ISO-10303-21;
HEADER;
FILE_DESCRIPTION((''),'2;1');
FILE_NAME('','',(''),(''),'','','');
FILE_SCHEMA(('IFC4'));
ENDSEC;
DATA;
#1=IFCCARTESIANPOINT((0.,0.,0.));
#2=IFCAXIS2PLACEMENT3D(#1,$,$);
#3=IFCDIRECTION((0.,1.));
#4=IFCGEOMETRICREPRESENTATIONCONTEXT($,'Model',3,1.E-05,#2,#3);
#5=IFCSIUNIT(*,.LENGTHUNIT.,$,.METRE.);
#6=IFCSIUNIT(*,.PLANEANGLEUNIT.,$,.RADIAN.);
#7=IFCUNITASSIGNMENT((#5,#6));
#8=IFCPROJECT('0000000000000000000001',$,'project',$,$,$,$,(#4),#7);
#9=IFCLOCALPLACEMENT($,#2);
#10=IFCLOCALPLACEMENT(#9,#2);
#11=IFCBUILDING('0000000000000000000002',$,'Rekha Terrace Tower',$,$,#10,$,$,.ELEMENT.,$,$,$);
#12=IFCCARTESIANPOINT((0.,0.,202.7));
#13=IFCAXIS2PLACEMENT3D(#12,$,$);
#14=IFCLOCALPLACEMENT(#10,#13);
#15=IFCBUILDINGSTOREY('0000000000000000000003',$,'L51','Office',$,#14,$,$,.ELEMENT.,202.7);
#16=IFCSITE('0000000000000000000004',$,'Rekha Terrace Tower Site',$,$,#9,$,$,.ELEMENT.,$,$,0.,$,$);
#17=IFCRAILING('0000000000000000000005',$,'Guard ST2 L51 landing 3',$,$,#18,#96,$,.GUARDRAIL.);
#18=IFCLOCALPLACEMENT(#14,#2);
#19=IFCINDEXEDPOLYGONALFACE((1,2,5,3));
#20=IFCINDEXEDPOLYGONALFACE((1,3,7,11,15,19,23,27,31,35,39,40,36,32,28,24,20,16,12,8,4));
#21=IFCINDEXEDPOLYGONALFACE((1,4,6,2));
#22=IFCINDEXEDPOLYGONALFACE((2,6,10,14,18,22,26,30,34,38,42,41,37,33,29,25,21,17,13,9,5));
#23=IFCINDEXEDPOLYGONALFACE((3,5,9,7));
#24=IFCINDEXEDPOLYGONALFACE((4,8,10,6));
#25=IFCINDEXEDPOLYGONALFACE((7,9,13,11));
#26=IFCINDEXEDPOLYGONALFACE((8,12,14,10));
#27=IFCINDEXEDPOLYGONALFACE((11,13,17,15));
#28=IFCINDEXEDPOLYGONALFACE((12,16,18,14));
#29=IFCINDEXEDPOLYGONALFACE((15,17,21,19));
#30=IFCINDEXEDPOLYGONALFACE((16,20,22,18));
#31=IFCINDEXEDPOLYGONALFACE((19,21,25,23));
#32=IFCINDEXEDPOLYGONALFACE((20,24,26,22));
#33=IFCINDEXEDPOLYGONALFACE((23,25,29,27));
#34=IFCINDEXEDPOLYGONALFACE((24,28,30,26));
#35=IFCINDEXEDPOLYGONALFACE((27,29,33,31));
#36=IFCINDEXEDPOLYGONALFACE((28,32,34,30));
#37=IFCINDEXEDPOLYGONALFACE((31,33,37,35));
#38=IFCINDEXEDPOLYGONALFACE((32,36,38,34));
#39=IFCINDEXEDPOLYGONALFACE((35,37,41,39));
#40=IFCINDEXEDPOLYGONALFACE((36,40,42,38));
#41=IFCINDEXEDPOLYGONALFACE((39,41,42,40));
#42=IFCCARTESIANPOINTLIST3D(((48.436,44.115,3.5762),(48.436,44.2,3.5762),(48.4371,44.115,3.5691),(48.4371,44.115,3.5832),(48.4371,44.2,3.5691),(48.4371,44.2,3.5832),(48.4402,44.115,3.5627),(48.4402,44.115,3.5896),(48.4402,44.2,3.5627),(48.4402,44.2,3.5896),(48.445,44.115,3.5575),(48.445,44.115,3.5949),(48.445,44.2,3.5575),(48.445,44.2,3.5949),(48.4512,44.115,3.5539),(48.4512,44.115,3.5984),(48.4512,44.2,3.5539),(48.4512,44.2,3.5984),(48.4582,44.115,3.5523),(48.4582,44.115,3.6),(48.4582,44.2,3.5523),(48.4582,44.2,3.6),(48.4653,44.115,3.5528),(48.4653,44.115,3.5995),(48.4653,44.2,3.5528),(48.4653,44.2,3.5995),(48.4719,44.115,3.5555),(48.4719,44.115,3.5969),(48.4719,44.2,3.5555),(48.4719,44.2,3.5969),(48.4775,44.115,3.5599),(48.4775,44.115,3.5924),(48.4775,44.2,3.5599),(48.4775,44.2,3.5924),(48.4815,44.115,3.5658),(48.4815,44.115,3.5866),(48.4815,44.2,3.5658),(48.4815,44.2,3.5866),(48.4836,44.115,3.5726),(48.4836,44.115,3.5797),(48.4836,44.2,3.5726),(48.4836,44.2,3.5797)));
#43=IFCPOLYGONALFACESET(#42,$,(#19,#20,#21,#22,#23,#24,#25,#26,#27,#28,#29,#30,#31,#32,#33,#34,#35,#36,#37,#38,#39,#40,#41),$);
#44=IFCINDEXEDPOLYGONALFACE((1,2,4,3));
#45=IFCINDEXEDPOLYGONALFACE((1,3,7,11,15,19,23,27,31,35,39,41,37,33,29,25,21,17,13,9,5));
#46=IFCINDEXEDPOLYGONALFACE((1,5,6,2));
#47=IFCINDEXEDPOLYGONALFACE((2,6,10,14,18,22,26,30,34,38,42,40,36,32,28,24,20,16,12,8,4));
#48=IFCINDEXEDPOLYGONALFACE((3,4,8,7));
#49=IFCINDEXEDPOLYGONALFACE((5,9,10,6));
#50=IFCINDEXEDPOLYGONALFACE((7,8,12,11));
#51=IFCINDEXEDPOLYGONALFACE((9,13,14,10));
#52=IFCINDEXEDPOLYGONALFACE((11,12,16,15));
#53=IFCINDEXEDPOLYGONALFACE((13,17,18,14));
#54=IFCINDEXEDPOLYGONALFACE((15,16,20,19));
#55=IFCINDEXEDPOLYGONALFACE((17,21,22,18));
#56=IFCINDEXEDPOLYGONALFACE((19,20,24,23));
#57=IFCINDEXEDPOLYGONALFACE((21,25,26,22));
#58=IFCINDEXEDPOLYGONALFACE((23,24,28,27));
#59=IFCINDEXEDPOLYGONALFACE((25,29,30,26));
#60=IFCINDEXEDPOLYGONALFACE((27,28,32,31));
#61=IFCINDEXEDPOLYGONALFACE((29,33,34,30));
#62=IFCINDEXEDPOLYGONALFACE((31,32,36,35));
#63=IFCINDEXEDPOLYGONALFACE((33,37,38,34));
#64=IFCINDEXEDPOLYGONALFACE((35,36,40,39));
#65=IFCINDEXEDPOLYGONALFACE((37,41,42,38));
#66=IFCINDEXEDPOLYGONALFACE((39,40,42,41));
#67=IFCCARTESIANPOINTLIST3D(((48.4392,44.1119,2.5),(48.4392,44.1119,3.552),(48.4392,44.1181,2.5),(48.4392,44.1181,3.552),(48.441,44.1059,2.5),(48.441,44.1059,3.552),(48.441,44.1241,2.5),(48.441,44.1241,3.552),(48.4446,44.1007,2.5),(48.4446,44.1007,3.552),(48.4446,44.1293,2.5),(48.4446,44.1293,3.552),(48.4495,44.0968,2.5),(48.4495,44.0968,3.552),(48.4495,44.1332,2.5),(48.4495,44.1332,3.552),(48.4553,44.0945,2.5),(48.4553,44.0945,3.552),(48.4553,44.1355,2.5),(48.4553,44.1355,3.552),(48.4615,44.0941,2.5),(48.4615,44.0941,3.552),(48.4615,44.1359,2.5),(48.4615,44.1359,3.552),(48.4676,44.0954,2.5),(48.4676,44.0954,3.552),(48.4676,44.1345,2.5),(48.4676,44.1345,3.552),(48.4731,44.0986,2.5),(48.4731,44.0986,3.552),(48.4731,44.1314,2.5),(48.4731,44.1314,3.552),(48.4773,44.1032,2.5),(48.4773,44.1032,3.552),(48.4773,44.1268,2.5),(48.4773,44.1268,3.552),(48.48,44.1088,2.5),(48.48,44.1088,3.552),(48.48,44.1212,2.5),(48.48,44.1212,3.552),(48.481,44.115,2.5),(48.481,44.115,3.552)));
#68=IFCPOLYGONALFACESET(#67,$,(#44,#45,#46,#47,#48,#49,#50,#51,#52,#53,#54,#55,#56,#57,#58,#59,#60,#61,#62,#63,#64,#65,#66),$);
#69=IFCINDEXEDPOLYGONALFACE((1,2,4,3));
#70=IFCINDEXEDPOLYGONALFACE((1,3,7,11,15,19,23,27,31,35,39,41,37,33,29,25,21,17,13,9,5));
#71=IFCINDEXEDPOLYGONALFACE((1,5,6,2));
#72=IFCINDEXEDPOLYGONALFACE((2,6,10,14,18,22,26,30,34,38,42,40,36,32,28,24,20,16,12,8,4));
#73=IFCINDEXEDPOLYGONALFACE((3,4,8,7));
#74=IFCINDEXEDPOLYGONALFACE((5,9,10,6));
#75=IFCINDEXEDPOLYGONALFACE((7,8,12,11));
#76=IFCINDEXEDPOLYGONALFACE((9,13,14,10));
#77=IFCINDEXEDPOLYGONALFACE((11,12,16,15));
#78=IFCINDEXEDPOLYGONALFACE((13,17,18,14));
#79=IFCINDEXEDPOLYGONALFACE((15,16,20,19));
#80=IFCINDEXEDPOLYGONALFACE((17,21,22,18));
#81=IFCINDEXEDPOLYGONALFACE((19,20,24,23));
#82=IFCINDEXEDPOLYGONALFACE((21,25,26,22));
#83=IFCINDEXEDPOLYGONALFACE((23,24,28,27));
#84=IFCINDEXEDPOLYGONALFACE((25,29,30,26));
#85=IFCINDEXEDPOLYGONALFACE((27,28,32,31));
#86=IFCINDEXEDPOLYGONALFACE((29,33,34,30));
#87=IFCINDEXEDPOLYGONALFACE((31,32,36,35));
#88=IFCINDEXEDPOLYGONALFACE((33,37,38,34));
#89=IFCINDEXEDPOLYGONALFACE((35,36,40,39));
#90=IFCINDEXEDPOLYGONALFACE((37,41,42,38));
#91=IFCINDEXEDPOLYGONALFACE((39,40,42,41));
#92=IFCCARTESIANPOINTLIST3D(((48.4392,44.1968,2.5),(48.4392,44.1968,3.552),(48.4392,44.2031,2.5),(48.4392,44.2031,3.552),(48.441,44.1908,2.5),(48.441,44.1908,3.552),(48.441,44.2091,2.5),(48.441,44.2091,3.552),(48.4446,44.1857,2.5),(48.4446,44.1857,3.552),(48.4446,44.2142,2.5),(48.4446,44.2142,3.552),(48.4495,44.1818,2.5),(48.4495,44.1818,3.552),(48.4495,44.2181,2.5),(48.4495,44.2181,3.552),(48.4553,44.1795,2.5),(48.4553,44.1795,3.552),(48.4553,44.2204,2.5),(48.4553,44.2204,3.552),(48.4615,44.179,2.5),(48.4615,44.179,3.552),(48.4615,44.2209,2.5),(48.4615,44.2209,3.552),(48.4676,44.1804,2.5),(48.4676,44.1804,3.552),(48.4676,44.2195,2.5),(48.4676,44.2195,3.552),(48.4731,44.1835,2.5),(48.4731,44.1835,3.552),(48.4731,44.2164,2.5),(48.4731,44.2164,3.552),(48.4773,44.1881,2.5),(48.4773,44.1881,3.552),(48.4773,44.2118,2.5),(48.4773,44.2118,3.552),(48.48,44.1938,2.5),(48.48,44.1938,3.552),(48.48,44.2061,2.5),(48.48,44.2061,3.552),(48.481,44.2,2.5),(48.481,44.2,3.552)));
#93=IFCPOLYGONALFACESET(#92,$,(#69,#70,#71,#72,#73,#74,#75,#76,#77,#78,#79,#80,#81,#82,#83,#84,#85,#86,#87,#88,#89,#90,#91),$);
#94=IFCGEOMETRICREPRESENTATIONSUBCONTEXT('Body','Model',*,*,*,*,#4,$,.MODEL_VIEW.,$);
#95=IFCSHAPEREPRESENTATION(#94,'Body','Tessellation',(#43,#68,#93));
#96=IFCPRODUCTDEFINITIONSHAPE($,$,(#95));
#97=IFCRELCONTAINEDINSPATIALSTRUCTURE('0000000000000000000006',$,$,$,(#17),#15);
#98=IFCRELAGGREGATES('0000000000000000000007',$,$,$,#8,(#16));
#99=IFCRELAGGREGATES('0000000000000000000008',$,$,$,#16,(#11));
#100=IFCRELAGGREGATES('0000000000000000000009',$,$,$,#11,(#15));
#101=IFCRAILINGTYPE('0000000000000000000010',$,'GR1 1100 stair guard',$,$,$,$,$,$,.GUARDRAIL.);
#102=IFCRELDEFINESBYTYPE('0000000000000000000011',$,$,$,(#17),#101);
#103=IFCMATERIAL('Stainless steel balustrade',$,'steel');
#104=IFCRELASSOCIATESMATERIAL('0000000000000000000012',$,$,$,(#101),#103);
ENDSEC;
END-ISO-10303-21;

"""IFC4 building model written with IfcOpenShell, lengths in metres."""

from ifc_helpers import new_model, si_unit, direction, frame, origin, origin_2d, place, context, subcontext, project, spatial, circle, extrude, material, type_object, element, save


model = new_model("IFC4")

# Units and contexts
model_context = context("Model", 3, precision=1e-05, world=origin(), true_north=direction((0.0, 1.0)))
body_context = subcontext(model_context, "Body", "Model", "MODEL_VIEW")
ifc_project = project(units=[si_unit("LENGTHUNIT", "METRE"), si_unit("PLANEANGLEUNIT", "RADIAN")], contexts=[model_context])

# Site, building, storey
site_placement = place(None, origin())
site = spatial("IfcSite", under=ifc_project, at=site_placement, Name="Rekha Terrace Tower Site", CompositionType="ELEMENT", RefElevation=0.0)
building_placement = place(site_placement, origin())
building = spatial("IfcBuilding", under=site, at=building_placement, Name="Rekha Terrace Tower", CompositionType="ELEMENT")
storey_placement = place(building_placement, frame((0.0, 0.0, 202.7)))
storey = spatial("IfcBuildingStorey", under=building, at=storey_placement, Name="L51", Description="Office", CompositionType="ELEMENT", Elevation=202.7)

# Railing
ifc_material_1 = material(Name="Stainless steel balustrade", Category="steel")
railing_type_1 = type_object("IfcRailingType", Name="GR1 1100 stair guard", PredefinedType="GUARDRAIL", material=ifc_material_1)
railing_1_placement = place(storey_placement, frame((48.46, 44.115, 2.5)))
element("IfcRailing", 1, at=railing_1_placement, inside=storey, type_object=railing_type_1, Name="Guard ST2 L51 landing 3", PredefinedType="GUARDRAIL", context=body_context, shape_type="SweptSolid", body=[
    extrude(circle(Radius=0.0239, at=origin_2d()), frame((0.0, 0.0, 1.0762), z_axis=(0.0, 1.0, 0.0), x_axis=(-1.0, 0.0, 0.0)), (0.0, 0.0, 1.0), 0.085),
    extrude(circle(Radius=0.021, at=origin_2d()), origin(), (0.0, 0.0, 1.0), 1.052),
    extrude(circle(Radius=0.021, at=origin_2d()), frame((0.0, 0.085, 0.0)), (0.0, 0.0, 1.0), 1.052),
])

save(model, "model.ifc")
